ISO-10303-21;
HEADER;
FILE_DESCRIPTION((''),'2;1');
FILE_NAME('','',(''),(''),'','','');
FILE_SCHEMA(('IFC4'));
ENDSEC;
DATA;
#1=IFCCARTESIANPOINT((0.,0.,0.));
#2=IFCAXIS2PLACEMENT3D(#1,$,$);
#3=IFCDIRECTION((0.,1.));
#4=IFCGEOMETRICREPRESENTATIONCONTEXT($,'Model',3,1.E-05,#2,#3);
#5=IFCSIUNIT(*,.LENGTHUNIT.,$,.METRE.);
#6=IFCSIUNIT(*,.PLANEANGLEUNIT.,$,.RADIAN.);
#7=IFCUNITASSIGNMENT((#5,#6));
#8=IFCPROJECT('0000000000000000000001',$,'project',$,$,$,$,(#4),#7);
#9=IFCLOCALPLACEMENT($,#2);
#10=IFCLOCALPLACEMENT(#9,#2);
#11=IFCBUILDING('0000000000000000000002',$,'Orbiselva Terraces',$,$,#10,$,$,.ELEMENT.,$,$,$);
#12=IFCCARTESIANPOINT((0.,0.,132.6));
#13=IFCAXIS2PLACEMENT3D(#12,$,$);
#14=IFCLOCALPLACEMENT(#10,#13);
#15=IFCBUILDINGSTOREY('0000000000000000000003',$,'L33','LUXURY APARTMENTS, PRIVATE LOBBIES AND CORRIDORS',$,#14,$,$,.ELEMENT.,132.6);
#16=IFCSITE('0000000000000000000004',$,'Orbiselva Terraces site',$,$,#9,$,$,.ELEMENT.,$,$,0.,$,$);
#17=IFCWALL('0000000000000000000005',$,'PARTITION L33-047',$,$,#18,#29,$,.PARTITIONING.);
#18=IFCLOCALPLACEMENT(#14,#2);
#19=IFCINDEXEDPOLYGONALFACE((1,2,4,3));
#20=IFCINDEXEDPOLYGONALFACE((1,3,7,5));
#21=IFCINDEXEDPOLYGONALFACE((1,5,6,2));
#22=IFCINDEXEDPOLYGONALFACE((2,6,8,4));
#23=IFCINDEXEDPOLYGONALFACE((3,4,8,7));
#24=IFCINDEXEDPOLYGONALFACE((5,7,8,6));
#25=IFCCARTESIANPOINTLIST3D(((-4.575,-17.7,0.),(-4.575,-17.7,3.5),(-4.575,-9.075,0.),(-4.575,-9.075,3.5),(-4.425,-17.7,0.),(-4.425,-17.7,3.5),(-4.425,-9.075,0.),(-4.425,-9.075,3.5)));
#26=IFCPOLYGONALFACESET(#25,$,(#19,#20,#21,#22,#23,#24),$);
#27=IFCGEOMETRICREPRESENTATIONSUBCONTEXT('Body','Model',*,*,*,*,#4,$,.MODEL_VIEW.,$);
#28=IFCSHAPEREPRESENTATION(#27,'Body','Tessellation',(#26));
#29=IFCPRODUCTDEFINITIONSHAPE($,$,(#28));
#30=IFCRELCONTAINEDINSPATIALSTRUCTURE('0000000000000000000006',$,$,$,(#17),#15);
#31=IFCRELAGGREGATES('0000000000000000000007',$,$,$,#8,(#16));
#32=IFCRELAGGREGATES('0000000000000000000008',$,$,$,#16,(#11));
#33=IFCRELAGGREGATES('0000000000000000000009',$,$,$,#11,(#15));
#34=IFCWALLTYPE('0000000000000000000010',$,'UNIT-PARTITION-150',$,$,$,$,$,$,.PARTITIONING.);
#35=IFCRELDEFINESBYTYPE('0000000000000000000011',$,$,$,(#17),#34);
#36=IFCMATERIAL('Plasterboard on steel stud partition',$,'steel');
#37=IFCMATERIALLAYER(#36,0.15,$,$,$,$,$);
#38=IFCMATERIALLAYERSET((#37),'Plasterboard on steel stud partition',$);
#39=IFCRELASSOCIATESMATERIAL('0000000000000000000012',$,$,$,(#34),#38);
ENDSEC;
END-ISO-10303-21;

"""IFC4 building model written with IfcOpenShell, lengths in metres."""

from ifc_helpers import new_model, si_unit, direction, frame, frame_2d, origin, place, context, subcontext, project, spatial, rectangle, extrude, material, layer, layer_set, type_object, element, save


model = new_model("IFC4")

# Units and contexts
model_context = context("Model", 3, precision=1e-05, world=origin(), true_north=direction((0.0, 1.0)))
body_context = subcontext(model_context, "Body", "Model", "MODEL_VIEW")
ifc_project = project(units=[si_unit("LENGTHUNIT", "METRE"), si_unit("PLANEANGLEUNIT", "RADIAN")], contexts=[model_context])

# Site, building, storey
site_placement = place(None, origin())
site = spatial("IfcSite", under=ifc_project, at=site_placement, Name="Orbiselva Terraces site", CompositionType="ELEMENT", RefElevation=0.0)
building_placement = place(site_placement, origin())
building = spatial("IfcBuilding", under=site, at=building_placement, Name="Orbiselva Terraces", CompositionType="ELEMENT")
storey_placement = place(building_placement, frame((0.0, 0.0, 132.6)))
storey = spatial("IfcBuildingStorey", under=building, at=storey_placement, Name="L33", Description="LUXURY APARTMENTS, PRIVATE LOBBIES AND CORRIDORS", CompositionType="ELEMENT", Elevation=132.6)

# Shared definitions
ifc_material_1 = material(Name="Plasterboard on steel stud partition", Category="steel")
ifc_layer_1 = layer(ifc_material_1, 0.15)
ifc_layer_set_1 = layer_set([ifc_layer_1], Name="Plasterboard on steel stud partition")
wall_type_1 = type_object("IfcWallType", Name="UNIT-PARTITION-150", PredefinedType="PARTITIONING", material=ifc_layer_set_1)

# Wall
wall_1_placement = place(storey_placement, frame((-4.5, -17.7, 0.0), z_axis=(0.0, 0.0, 1.0), x_axis=(0.0, 1.0, 0.0)))
element("IfcWall", 1, at=wall_1_placement, inside=storey, type_object=wall_type_1, Name="PARTITION L33-047", PredefinedType="PARTITIONING", context=body_context, shape_type="SweptSolid", body=[
    extrude(rectangle(XDim=8.625, YDim=0.15, at=frame_2d((4.3125, 0.0))), origin(), (0.0, 0.0, 1.0), 3.5),
])

save(model, "model.ifc")
